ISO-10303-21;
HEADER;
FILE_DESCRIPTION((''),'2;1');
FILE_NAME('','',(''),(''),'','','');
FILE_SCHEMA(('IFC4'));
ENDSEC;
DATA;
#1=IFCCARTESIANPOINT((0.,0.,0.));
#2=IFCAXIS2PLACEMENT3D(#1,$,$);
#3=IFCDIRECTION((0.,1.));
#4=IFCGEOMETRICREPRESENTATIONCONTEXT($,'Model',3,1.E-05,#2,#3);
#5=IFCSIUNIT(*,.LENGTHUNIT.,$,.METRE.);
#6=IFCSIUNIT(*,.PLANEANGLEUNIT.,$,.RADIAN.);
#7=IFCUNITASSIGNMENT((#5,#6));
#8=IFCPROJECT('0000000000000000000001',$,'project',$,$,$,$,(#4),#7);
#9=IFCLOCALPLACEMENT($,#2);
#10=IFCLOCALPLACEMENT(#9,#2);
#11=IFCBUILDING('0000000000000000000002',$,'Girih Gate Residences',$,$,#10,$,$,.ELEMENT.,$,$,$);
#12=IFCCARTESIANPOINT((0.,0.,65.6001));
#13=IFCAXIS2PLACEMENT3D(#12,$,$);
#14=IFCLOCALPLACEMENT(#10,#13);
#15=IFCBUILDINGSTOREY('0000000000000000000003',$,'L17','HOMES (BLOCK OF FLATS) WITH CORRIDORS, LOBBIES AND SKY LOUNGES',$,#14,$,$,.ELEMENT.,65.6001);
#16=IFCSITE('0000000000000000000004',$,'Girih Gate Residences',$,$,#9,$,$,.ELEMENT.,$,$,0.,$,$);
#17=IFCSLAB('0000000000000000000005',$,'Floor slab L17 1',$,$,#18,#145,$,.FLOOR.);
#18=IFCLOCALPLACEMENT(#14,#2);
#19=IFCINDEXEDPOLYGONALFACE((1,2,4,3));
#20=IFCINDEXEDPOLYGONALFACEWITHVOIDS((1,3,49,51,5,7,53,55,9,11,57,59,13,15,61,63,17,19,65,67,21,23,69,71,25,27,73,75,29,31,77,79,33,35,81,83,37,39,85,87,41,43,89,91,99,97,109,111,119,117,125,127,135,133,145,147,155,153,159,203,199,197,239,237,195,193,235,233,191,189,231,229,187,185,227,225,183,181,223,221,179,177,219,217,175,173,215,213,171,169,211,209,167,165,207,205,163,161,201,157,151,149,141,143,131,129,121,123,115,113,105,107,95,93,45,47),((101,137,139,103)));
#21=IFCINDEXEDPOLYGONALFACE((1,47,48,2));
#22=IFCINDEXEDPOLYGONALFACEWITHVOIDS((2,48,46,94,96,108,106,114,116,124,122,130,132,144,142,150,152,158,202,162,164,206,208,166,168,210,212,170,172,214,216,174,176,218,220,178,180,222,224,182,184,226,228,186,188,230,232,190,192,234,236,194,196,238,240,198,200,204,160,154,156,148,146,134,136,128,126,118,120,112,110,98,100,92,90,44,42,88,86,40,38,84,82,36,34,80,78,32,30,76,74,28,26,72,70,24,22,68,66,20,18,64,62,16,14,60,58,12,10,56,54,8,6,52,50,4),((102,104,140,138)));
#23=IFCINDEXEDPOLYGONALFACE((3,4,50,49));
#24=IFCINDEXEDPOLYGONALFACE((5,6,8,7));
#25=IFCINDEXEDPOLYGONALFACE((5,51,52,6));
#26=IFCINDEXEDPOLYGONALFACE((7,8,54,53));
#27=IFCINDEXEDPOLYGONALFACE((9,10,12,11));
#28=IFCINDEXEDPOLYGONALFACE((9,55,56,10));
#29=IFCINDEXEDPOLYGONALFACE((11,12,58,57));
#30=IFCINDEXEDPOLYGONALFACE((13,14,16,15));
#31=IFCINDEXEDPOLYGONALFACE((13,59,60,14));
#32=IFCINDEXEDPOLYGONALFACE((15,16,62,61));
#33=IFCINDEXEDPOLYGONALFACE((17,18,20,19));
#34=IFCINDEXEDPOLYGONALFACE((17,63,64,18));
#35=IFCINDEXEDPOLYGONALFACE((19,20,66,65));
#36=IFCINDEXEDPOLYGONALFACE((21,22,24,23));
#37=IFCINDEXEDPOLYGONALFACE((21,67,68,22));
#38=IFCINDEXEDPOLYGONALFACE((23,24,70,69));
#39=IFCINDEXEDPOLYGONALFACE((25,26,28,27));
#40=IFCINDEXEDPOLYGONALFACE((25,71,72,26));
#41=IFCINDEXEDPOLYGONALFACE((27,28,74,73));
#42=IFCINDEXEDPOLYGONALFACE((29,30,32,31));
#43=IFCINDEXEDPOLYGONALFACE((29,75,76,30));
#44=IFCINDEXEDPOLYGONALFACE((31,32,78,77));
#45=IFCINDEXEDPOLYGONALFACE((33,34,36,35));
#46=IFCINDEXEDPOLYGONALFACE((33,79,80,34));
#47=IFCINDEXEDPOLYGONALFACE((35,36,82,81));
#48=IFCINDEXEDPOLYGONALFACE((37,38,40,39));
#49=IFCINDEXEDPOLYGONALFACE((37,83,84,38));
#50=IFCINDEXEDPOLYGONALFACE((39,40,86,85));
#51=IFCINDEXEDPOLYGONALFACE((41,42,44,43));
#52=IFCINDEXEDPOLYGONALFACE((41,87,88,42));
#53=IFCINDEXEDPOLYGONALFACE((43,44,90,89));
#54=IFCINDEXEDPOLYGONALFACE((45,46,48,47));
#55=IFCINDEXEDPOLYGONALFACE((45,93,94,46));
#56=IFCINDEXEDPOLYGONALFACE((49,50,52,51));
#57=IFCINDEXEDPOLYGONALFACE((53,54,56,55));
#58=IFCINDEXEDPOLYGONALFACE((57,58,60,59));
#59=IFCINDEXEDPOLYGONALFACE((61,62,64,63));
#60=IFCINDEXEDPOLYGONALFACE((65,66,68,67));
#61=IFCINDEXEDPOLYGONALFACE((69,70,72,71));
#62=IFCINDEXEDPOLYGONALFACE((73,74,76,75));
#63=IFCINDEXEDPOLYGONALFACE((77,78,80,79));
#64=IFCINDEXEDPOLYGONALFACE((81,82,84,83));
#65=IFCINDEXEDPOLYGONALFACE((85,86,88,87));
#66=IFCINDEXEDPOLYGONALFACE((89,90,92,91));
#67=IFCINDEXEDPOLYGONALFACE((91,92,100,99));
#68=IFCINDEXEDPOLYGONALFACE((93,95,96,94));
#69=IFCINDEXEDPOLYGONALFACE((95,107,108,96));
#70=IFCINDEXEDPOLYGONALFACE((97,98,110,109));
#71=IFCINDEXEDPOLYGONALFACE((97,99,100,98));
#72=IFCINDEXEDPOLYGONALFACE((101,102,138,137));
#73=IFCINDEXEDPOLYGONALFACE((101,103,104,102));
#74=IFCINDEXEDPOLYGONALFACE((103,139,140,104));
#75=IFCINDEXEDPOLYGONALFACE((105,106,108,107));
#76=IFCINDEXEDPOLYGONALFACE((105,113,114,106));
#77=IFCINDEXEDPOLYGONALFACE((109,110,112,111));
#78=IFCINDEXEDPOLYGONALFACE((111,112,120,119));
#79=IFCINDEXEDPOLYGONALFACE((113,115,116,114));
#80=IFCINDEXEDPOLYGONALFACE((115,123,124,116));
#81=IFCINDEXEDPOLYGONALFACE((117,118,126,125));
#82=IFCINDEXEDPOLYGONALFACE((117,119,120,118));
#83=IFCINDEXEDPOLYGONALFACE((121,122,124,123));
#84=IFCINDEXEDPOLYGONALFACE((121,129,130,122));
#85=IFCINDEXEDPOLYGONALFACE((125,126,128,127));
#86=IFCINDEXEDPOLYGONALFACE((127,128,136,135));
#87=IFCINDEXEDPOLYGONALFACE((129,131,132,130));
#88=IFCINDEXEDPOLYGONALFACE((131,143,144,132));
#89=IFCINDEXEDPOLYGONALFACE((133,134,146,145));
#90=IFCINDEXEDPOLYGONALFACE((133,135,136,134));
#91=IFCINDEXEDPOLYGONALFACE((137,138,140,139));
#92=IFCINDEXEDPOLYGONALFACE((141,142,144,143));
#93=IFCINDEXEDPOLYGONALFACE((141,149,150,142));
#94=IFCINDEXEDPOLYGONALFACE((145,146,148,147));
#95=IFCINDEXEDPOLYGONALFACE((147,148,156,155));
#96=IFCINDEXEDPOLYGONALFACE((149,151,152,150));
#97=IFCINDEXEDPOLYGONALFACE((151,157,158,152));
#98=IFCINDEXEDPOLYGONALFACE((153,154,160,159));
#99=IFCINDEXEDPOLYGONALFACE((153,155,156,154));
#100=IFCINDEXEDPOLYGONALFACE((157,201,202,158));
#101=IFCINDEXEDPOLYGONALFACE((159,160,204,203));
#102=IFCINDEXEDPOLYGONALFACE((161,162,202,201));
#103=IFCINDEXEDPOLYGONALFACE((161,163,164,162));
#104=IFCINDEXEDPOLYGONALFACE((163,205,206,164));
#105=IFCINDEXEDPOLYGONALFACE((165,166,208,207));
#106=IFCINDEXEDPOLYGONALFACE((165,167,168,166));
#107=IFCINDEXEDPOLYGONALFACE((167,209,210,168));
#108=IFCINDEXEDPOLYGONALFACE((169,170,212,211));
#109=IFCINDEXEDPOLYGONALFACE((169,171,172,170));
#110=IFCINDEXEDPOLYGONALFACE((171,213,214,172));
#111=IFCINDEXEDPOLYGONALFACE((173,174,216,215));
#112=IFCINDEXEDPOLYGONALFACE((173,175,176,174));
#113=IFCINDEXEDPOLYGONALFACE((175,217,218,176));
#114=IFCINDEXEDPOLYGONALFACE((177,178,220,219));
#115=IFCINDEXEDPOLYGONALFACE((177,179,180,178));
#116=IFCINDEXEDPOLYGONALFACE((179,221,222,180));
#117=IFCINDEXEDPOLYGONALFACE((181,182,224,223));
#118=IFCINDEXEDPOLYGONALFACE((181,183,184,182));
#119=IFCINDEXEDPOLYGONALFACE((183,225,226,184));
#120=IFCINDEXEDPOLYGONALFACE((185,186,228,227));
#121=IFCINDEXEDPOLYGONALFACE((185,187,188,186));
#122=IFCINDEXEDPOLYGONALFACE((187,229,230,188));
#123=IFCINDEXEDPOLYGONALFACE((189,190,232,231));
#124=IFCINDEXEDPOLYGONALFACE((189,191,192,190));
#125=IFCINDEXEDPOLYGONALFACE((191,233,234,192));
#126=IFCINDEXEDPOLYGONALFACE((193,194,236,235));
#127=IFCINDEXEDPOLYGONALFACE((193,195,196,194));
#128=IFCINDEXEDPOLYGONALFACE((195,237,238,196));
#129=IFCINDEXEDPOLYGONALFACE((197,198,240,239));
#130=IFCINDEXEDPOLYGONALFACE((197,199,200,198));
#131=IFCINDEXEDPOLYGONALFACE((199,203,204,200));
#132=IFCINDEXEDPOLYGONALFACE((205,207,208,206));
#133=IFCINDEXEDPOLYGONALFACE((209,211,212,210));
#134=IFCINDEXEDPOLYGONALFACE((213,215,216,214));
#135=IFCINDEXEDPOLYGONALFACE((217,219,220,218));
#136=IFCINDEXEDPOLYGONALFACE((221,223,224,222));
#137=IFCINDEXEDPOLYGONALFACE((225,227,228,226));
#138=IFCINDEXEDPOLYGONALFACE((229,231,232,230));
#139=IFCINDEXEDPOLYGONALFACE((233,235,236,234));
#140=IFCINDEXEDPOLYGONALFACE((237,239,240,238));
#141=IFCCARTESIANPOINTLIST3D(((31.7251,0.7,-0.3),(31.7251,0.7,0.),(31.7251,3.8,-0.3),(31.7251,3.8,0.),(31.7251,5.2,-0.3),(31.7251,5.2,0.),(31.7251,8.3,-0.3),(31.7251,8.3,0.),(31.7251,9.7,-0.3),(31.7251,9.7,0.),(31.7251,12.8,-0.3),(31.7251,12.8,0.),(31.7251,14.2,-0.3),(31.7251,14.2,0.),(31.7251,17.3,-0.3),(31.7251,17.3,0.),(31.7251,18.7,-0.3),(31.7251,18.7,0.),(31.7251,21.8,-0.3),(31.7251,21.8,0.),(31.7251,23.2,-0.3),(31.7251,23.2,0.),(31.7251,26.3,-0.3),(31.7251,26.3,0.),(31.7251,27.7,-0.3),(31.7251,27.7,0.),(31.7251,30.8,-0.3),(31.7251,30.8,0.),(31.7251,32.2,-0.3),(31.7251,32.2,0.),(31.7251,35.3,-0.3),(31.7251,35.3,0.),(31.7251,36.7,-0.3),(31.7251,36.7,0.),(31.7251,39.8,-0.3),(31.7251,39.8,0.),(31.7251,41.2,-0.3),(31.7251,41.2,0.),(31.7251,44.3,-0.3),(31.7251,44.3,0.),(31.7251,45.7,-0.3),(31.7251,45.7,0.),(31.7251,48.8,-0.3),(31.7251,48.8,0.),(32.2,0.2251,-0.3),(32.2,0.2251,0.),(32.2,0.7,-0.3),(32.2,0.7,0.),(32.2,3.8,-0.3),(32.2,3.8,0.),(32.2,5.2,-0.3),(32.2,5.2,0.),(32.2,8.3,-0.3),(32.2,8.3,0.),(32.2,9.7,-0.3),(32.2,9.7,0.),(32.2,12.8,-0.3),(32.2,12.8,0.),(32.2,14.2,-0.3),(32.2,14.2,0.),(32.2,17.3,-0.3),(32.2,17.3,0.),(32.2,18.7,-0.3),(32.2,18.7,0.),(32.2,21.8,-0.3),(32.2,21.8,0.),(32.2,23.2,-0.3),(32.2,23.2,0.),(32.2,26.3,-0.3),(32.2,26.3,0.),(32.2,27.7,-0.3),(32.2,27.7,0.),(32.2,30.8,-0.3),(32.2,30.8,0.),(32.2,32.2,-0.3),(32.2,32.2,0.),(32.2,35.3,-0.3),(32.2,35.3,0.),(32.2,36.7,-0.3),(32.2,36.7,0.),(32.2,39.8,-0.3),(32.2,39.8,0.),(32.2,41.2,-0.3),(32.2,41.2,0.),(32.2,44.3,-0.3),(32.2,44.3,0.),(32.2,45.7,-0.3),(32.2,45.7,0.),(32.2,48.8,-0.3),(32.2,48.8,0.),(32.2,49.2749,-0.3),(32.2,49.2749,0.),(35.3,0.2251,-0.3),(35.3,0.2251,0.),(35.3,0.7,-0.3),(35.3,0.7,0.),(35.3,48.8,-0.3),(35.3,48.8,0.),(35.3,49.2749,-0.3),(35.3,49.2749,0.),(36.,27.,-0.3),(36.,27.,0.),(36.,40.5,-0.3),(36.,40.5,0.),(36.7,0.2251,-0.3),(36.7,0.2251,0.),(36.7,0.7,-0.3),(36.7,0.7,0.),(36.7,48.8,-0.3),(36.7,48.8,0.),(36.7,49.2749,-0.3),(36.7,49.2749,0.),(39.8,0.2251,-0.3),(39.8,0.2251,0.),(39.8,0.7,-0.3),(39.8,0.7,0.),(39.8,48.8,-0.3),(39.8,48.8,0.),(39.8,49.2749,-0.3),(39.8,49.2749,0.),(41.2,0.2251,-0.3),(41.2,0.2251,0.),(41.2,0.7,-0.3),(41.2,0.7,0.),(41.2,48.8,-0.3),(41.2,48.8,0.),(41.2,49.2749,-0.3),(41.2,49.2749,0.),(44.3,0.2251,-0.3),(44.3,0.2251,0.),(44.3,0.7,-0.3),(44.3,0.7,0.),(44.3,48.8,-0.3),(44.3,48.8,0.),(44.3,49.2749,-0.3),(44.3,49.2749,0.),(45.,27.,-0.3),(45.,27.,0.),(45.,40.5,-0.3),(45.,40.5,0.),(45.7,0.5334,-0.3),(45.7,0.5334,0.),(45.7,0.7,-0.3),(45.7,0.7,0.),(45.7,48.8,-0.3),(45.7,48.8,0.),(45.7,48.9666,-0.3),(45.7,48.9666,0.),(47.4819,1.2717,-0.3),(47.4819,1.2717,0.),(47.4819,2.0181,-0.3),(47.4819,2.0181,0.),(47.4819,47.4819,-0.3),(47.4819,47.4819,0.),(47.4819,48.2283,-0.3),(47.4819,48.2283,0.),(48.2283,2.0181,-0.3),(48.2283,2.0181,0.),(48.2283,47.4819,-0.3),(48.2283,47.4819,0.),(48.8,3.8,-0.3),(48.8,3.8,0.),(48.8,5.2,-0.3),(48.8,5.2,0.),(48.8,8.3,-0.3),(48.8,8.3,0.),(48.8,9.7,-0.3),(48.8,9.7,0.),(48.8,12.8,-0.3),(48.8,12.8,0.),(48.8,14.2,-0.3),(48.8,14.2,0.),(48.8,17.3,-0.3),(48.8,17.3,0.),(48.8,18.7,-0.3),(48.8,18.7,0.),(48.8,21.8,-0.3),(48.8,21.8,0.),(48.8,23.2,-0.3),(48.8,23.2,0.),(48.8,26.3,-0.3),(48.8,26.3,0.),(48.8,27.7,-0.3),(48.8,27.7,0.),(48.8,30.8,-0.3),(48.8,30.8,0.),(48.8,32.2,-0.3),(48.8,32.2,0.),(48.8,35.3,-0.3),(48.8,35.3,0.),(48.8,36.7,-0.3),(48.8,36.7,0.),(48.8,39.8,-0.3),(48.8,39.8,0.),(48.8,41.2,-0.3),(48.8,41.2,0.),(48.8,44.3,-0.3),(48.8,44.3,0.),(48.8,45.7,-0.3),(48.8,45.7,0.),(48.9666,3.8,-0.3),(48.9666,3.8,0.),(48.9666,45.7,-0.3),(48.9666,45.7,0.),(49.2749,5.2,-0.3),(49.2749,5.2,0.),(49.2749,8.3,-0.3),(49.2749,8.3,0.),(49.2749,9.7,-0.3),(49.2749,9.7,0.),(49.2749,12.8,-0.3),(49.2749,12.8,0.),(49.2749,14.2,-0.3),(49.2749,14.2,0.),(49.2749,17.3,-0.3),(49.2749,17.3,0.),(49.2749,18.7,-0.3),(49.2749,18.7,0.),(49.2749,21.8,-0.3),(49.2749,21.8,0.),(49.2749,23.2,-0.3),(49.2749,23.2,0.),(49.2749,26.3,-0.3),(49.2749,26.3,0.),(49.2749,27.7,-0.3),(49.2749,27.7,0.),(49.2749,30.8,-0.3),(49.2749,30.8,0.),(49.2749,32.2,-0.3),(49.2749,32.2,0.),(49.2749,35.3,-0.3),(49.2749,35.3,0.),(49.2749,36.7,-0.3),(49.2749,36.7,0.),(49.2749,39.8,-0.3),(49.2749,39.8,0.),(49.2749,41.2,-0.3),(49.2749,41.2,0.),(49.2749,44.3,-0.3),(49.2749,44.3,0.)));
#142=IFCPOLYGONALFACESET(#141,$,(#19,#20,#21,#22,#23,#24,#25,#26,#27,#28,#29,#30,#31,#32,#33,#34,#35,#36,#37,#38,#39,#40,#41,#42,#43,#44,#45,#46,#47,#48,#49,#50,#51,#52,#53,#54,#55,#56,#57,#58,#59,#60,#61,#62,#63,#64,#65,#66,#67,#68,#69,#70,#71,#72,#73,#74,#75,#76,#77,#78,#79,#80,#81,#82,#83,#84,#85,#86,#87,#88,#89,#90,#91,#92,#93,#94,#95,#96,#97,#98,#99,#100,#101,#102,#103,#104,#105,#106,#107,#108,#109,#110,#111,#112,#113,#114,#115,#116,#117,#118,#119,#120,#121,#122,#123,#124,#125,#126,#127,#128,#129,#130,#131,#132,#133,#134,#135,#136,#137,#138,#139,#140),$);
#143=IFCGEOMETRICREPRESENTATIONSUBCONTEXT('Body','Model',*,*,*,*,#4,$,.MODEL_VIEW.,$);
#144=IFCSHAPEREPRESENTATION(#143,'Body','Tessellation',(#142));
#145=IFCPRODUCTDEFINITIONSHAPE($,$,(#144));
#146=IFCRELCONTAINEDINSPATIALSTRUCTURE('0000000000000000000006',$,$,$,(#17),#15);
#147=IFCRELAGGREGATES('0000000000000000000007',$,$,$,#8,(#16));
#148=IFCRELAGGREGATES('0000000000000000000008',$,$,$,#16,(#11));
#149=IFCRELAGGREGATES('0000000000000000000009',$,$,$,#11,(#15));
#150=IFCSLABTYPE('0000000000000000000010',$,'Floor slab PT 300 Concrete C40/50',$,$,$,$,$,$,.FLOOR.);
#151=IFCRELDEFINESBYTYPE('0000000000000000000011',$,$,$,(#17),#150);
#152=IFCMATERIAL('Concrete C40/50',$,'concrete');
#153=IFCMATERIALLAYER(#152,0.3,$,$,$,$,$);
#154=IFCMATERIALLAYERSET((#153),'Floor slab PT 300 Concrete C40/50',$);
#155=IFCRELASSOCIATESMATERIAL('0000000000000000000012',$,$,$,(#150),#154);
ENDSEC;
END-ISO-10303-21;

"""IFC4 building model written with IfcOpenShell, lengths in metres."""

from ifc_helpers import new_model, si_unit, direction, frame, origin, place, context, subcontext, project, spatial, polyline, outline, extrude, material, layer, layer_set, type_object, element, save


model = new_model("IFC4")

# Units and contexts
model_context = context("Model", 3, precision=1e-05, world=origin(), true_north=direction((0.0, 1.0)))
body_context = subcontext(model_context, "Body", "Model", "MODEL_VIEW")
ifc_project = project(units=[si_unit("LENGTHUNIT", "METRE"), si_unit("PLANEANGLEUNIT", "RADIAN")], contexts=[model_context])

# Site, building, storey
site_placement = place(None, origin())
site = spatial("IfcSite", under=ifc_project, at=site_placement, Name="Girih Gate Residences", CompositionType="ELEMENT", RefElevation=0.0)
building_placement = place(site_placement, origin())
building = spatial("IfcBuilding", under=site, at=building_placement, Name="Girih Gate Residences", CompositionType="ELEMENT")
storey_placement = place(building_placement, frame((0.0, 0.0, 65.6001)))
storey = spatial("IfcBuildingStorey", under=building, at=storey_placement, Name="L17", Description="HOMES (BLOCK OF FLATS) WITH CORRIDORS, LOBBIES AND SKY LOUNGES", CompositionType="ELEMENT", Elevation=65.6001)

# Slab
ifc_material_1 = material(Name="Concrete C40/50", Category="concrete")
ifc_layer_1 = layer(ifc_material_1, 0.3)
ifc_layer_set_1 = layer_set([ifc_layer_1], Name="Floor slab PT 300 Concrete C40/50")
slab_type_1 = type_object("IfcSlabType", Name="Floor slab PT 300 Concrete C40/50", PredefinedType="FLOOR", material=ifc_layer_set_1)
slab_1_placement = place(storey_placement, frame((0.0, 0.0, -0.3)))
element("IfcSlab", 1, at=slab_1_placement, inside=storey, type_object=slab_type_1, Name="Floor slab L17 1", PredefinedType="FLOOR", context=body_context, shape_type="SweptSolid", body=[
    extrude(outline(polyline([(35.3, 49.2749), (32.2, 49.2749), (32.2, 48.8), (31.7251, 48.8), (31.7251, 45.7), (32.2, 45.7), (32.2, 44.3), (31.7251, 44.3), (31.7251, 41.2), (32.2, 41.2), (32.2, 39.8), (31.7251, 39.8), (31.7251, 36.7), (32.2, 36.7), (32.2, 35.3), (31.7251, 35.3), (31.7251, 32.2), (32.2, 32.2), (32.2, 30.8), (31.7251, 30.8), (31.7251, 27.7), (32.2, 27.7), (32.2, 26.3), (31.7251, 26.3), (31.7251, 23.2), (32.2, 23.2), (32.2, 21.8), (31.7251, 21.8), (31.7251, 18.7), (32.2, 18.7), (32.2, 17.3), (31.7251, 17.3), (31.7251, 14.2), (32.2, 14.2), (32.2, 12.8), (31.7251, 12.8), (31.7251, 9.7), (32.2, 9.7), (32.2, 8.3), (31.7251, 8.3), (31.7251, 5.2), (32.2, 5.2), (32.2, 3.8), (31.7251, 3.8), (31.7251, 0.7), (32.2, 0.7), (32.2, 0.2251), (35.3, 0.2251), (35.3, 0.7), (36.7, 0.7), (36.7, 0.2251), (39.8, 0.2251), (39.8, 0.7), (41.2, 0.7), (41.2, 0.2251), (44.3, 0.2251), (44.3, 0.7), (45.7, 0.7), (45.7, 0.5334), (47.4819, 1.2717), (47.4819, 2.0181), (48.2283, 2.0181), (48.9666, 3.8), (48.8, 3.8), (48.8, 5.2), (49.2749, 5.2), (49.2749, 8.3), (48.8, 8.3), (48.8, 9.7), (49.2749, 9.7), (49.2749, 12.8), (48.8, 12.8), (48.8, 14.2), (49.2749, 14.2), (49.2749, 17.3), (48.8, 17.3), (48.8, 18.7), (49.2749, 18.7), (49.2749, 21.8), (48.8, 21.8), (48.8, 23.2), (49.2749, 23.2), (49.2749, 26.3), (48.8, 26.3), (48.8, 27.7), (49.2749, 27.7), (49.2749, 30.8), (48.8, 30.8), (48.8, 32.2), (49.2749, 32.2), (49.2749, 35.3), (48.8, 35.3), (48.8, 36.7), (49.2749, 36.7), (49.2749, 39.8), (48.8, 39.8), (48.8, 41.2), (49.2749, 41.2), (49.2749, 44.3), (48.8, 44.3), (48.8, 45.7), (48.9666, 45.7), (48.2283, 47.4819), (47.4819, 47.4819), (47.4819, 48.2283), (45.7, 48.9666), (45.7, 48.8), (44.3, 48.8), (44.3, 49.2749), (41.2, 49.2749), (41.2, 48.8), (39.8, 48.8), (39.8, 49.2749), (36.7, 49.2749), (36.7, 48.8), (35.3, 48.8), (35.3, 49.2749)]), holes=[polyline([(45.0, 40.5), (45.0, 27.0), (36.0, 27.0), (36.0, 40.5), (45.0, 40.5)])]), origin(), (0.0, 0.0, 1.0), 0.3),
])

save(model, "model.ifc")
